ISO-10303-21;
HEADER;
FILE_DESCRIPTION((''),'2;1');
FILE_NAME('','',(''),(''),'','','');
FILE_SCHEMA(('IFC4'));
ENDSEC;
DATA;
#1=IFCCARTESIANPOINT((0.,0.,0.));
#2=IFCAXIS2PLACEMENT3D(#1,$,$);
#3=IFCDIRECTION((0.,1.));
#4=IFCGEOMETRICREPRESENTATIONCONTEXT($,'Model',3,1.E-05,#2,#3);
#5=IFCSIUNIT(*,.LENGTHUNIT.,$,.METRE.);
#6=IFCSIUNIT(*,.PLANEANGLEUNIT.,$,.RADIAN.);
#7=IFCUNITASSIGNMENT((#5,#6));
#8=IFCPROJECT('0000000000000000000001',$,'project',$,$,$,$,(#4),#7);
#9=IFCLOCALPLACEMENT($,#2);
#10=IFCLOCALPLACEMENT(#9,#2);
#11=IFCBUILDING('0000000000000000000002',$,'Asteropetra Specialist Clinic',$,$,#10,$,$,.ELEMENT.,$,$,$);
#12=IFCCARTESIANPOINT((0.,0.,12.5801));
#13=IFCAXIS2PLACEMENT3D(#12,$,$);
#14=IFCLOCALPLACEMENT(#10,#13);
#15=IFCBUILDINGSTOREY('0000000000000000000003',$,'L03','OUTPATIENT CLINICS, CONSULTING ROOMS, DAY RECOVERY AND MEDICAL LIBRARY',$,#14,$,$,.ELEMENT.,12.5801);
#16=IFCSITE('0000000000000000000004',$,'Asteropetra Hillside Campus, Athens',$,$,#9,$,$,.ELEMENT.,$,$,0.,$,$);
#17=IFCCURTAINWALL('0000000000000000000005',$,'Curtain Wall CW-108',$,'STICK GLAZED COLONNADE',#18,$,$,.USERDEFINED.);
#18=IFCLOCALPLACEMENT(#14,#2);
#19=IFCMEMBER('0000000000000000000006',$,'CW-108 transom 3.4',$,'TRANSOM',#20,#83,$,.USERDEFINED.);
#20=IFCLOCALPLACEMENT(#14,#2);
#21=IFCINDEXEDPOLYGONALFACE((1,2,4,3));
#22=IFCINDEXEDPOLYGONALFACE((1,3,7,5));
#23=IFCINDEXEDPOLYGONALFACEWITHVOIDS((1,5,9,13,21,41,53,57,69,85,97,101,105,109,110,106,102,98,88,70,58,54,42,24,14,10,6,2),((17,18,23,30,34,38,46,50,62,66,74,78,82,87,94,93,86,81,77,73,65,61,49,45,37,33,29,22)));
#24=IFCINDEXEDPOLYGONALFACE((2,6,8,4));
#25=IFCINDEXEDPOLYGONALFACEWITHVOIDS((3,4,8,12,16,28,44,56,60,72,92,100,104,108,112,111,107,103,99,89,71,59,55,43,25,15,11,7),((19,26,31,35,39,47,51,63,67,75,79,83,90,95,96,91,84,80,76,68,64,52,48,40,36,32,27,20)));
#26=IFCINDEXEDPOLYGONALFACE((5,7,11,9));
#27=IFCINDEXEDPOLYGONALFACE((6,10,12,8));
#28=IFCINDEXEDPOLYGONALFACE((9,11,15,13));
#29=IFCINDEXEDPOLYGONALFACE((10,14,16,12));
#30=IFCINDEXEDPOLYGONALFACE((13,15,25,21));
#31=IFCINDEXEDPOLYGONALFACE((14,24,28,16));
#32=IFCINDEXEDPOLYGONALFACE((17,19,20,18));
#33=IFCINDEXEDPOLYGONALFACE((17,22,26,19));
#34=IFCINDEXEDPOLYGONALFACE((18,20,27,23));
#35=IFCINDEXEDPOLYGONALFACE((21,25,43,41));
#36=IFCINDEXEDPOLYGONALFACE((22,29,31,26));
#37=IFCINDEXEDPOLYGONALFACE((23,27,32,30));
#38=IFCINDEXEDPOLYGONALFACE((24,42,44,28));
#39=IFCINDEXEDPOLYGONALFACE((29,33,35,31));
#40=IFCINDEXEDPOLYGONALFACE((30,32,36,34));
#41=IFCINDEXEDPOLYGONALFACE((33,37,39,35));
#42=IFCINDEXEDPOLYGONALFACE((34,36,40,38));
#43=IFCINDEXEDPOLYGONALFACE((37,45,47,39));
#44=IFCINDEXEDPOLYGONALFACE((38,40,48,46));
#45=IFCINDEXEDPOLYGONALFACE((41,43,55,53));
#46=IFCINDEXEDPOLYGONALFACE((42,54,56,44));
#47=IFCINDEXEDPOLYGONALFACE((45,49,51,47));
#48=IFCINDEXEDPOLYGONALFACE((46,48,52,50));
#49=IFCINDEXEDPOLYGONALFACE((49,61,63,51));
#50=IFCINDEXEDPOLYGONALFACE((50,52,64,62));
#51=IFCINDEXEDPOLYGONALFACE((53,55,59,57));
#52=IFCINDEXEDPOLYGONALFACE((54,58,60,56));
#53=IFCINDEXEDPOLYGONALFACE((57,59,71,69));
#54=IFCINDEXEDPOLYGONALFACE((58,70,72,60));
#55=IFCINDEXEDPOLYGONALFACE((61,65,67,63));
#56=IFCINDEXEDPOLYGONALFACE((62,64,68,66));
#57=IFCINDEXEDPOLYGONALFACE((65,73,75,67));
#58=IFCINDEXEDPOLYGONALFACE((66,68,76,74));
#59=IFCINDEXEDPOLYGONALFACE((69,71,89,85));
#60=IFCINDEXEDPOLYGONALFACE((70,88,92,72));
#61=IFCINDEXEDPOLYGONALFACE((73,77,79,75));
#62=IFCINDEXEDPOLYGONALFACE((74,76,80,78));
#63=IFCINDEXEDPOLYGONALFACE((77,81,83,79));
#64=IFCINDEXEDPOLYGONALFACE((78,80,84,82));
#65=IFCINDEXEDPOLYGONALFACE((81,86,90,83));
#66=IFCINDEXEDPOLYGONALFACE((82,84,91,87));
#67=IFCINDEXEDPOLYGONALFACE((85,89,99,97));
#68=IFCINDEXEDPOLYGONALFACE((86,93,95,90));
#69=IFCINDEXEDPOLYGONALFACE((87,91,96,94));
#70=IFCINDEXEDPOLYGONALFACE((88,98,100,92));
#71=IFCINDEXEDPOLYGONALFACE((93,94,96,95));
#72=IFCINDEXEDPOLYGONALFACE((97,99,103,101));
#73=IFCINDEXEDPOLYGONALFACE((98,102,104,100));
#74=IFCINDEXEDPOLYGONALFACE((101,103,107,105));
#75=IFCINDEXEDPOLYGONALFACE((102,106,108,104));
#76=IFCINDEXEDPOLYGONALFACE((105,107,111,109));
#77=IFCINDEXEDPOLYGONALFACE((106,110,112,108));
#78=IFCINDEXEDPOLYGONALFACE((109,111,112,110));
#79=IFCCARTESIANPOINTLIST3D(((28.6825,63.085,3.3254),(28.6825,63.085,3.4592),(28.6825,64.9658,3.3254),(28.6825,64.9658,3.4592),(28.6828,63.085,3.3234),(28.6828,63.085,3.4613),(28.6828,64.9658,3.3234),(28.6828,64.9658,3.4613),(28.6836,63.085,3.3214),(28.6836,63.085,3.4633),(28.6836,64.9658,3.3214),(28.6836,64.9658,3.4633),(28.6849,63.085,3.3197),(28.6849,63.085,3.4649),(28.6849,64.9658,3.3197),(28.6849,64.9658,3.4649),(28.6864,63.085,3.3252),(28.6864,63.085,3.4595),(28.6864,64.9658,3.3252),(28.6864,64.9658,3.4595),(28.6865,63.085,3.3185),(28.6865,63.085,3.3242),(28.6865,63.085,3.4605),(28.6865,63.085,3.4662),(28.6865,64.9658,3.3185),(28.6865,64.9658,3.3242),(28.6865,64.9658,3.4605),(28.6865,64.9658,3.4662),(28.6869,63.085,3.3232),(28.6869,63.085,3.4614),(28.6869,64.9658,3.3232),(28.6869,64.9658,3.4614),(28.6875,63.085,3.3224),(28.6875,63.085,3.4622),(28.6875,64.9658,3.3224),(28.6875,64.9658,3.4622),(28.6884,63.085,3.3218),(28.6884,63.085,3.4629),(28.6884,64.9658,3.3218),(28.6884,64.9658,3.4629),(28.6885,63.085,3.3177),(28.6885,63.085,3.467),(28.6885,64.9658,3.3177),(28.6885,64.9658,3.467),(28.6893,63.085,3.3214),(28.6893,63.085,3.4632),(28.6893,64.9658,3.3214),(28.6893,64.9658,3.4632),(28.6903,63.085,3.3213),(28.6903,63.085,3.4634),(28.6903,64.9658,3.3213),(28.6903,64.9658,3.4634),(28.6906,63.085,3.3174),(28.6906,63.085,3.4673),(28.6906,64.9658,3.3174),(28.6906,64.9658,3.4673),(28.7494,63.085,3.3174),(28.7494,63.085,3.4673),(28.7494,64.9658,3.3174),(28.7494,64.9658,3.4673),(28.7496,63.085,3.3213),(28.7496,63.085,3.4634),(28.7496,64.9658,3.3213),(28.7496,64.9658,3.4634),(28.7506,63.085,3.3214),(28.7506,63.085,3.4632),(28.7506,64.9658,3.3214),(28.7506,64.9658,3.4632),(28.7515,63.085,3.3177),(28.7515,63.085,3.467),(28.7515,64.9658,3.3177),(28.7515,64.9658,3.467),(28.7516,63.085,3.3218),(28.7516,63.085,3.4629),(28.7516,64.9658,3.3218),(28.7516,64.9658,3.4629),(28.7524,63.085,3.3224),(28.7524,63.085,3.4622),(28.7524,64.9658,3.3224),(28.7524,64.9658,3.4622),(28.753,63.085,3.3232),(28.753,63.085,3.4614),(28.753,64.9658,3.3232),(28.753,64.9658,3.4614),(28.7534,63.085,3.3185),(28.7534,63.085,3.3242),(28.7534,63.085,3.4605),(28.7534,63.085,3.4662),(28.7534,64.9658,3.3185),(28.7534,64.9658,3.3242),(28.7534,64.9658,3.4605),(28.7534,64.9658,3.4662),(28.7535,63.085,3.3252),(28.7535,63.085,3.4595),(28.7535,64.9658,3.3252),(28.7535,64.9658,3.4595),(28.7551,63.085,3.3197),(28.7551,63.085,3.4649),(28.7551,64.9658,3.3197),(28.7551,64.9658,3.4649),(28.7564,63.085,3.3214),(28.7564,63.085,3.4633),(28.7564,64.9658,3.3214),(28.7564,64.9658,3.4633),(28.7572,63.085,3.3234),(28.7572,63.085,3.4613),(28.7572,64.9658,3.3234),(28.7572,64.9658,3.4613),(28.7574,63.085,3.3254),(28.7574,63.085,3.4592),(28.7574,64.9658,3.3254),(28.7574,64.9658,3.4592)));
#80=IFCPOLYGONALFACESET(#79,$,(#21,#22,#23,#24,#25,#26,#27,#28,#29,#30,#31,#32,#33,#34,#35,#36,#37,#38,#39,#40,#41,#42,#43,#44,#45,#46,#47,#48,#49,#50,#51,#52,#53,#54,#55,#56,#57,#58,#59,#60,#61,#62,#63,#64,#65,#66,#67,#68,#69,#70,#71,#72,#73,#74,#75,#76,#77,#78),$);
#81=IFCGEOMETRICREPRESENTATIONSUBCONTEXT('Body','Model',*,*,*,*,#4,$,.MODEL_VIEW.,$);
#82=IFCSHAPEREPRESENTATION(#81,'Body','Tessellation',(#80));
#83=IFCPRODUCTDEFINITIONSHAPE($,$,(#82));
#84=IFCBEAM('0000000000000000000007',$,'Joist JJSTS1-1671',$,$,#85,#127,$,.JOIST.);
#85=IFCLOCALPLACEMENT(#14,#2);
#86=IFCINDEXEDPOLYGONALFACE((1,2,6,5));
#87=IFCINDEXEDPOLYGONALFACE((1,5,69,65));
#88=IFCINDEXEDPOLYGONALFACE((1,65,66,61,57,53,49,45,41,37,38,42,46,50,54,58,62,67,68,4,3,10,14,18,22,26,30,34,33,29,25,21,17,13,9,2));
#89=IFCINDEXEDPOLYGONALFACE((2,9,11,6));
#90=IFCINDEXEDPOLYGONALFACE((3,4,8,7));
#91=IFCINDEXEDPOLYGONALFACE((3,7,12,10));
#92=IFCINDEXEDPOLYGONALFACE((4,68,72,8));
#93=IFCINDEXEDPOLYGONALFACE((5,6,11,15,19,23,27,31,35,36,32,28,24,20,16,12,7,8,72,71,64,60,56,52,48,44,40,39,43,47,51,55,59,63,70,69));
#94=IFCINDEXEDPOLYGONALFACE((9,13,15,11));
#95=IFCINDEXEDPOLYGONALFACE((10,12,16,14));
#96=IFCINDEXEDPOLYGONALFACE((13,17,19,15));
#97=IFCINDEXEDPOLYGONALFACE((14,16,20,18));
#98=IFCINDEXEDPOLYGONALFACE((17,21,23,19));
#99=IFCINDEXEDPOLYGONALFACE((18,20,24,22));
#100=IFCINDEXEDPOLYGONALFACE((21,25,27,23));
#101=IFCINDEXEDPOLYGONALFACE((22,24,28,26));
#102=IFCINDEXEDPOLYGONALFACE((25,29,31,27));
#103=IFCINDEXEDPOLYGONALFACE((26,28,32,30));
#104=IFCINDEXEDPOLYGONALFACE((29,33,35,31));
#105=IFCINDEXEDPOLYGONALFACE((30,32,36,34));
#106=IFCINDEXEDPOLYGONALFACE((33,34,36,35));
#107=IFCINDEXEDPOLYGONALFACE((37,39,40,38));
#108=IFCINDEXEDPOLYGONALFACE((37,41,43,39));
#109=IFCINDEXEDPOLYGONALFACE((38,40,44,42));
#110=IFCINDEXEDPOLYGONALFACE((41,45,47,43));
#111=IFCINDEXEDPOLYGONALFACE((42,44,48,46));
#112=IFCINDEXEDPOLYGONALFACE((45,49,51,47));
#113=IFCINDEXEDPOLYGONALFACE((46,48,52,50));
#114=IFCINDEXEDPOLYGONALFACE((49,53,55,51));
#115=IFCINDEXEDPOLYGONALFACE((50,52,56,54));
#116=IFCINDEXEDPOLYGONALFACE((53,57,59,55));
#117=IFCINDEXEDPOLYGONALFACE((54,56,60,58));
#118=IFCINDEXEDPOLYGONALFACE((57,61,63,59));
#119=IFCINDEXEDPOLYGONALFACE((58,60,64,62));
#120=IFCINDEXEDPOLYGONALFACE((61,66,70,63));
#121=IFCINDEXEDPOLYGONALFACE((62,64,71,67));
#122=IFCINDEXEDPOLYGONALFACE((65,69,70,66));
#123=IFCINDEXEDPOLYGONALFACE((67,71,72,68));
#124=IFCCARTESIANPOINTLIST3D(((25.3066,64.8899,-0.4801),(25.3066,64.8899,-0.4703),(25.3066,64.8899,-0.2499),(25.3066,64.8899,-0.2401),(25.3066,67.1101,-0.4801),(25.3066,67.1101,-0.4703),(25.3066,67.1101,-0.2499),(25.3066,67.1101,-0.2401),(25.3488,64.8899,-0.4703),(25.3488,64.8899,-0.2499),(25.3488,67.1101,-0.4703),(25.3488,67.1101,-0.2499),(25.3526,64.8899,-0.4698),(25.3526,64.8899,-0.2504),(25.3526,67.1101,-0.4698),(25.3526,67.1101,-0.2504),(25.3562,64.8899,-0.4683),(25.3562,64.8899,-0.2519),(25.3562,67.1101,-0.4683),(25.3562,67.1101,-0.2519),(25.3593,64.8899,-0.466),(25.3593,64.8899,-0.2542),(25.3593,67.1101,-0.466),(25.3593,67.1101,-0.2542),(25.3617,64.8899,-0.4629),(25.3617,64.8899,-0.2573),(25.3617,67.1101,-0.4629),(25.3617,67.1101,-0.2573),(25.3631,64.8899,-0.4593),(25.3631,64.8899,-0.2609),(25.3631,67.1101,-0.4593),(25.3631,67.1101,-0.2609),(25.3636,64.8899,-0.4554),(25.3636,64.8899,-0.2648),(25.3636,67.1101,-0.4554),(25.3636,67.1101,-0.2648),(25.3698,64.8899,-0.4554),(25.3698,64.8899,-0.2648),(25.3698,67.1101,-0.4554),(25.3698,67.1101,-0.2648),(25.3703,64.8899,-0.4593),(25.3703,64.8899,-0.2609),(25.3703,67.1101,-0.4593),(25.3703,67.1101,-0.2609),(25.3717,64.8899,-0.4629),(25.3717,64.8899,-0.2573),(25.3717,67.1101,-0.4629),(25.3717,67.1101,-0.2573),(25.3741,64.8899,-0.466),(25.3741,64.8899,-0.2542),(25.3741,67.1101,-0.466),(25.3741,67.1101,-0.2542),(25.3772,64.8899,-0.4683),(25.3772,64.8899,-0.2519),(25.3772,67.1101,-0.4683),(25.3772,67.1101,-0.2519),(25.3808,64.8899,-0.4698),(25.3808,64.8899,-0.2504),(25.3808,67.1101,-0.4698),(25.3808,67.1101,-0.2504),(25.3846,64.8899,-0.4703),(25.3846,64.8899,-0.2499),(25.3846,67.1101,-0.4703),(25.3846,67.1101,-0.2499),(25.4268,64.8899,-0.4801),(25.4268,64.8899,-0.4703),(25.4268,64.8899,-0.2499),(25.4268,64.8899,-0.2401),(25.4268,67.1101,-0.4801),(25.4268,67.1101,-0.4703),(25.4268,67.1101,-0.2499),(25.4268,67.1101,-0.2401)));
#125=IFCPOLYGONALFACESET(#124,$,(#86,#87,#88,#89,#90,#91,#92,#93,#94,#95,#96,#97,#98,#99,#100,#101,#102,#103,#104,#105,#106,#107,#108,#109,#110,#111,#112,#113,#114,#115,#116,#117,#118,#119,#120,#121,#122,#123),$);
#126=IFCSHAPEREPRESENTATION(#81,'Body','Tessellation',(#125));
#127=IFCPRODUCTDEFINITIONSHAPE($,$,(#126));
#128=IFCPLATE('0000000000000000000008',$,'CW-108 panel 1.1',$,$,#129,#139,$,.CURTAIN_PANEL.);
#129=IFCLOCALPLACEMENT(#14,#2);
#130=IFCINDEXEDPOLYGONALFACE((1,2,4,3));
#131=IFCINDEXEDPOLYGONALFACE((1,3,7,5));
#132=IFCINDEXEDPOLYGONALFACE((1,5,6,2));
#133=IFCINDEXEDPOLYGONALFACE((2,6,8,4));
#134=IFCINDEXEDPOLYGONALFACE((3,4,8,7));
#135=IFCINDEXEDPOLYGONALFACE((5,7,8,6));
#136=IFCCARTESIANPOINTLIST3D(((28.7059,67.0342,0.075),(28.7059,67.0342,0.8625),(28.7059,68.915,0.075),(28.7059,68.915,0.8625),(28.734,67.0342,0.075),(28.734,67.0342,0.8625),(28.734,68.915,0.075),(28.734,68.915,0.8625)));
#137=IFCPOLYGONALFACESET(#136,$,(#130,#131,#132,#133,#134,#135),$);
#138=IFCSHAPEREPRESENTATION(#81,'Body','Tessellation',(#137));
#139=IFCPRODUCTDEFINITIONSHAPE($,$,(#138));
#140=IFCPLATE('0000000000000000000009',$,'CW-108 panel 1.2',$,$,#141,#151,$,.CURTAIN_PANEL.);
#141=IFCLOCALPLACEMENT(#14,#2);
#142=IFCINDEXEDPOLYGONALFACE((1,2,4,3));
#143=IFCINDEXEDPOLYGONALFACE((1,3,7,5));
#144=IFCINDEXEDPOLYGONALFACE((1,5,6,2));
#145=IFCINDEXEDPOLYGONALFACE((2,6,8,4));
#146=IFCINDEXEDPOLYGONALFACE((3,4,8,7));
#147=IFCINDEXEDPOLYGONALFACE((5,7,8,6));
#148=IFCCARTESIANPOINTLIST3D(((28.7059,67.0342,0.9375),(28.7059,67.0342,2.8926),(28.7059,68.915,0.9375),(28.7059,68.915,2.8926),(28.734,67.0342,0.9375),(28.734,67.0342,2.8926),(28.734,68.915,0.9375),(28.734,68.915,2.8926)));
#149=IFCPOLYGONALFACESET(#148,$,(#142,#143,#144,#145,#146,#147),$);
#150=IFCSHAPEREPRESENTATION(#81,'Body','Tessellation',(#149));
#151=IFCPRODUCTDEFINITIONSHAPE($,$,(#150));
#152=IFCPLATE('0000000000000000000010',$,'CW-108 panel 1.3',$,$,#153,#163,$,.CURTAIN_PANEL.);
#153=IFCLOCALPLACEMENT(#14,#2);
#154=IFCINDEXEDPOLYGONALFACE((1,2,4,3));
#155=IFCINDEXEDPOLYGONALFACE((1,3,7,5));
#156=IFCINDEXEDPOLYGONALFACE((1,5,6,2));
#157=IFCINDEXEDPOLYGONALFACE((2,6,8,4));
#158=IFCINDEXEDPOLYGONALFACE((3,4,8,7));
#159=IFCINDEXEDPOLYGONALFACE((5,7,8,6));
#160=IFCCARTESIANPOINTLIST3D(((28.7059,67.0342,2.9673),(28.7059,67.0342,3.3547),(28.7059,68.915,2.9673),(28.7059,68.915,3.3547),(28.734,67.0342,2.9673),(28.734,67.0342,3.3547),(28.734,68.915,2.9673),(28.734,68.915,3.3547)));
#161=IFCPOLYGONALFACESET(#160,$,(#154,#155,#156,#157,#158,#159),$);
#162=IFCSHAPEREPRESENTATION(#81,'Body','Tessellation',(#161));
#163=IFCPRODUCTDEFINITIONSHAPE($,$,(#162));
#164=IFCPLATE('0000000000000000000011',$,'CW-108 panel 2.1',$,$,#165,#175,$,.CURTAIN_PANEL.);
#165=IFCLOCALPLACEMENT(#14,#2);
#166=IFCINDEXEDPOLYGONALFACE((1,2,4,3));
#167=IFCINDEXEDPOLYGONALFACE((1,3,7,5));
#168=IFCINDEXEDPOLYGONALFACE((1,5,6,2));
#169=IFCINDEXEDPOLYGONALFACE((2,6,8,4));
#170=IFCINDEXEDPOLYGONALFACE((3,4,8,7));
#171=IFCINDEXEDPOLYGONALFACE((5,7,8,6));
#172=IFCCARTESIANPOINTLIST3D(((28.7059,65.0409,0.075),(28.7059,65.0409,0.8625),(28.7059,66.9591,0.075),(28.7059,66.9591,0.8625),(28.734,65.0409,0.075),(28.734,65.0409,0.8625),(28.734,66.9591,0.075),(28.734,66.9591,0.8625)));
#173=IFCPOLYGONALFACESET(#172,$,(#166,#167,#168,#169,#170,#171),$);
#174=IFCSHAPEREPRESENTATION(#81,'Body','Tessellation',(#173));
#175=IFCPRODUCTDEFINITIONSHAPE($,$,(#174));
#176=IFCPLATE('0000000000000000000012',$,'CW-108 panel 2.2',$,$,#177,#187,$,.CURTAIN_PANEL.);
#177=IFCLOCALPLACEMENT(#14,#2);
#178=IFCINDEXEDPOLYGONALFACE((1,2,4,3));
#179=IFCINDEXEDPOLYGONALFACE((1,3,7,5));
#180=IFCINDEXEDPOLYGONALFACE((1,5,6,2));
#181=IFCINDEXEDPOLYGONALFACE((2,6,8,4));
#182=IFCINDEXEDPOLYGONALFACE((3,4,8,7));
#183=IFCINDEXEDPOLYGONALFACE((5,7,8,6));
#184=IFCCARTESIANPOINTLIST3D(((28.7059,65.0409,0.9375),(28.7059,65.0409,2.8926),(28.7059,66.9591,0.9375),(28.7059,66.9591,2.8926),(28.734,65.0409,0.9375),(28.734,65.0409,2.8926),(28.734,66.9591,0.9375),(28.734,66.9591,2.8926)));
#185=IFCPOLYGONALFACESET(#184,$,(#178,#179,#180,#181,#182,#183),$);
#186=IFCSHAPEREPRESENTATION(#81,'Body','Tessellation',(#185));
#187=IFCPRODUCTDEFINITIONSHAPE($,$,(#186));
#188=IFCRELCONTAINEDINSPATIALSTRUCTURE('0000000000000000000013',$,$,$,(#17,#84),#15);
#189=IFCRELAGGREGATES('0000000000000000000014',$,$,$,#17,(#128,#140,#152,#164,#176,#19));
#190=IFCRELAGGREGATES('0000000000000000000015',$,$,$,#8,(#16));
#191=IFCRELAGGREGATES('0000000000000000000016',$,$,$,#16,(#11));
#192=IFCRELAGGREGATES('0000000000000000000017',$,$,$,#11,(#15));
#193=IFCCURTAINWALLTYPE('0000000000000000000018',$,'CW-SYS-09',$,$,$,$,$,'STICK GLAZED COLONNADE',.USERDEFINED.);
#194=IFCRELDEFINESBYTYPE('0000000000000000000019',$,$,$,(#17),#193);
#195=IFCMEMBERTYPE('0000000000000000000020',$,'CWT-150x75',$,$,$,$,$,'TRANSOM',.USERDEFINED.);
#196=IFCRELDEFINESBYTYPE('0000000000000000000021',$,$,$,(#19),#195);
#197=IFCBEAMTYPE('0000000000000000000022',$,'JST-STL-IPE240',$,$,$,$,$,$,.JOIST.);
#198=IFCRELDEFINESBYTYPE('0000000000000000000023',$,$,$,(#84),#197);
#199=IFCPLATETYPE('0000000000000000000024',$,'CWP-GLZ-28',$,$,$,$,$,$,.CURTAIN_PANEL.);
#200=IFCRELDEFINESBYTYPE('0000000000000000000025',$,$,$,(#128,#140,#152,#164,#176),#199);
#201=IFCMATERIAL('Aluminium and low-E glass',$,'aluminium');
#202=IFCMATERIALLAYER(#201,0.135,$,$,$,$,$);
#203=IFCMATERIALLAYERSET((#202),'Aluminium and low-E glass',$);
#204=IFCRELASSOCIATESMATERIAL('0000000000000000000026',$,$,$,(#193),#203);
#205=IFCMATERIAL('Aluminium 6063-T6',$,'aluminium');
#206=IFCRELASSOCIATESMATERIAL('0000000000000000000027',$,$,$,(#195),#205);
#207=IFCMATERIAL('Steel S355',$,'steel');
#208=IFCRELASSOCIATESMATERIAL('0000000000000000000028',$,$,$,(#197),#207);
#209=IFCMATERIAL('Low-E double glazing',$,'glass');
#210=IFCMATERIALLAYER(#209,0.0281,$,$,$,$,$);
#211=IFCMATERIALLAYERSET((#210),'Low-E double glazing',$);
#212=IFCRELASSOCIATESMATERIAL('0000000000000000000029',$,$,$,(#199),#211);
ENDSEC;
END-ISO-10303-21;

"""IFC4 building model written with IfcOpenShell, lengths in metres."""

from ifc_helpers import new_model, si_unit, direction, frame, origin, origin_2d, place, context, subcontext, project, spatial, rectangle, hollow_rectangle, i_section, extrude, material, layer, layer_set, material_profile, profile_set, type_object, element, aggregate, save


model = new_model("IFC4")

# Units and contexts
model_context = context("Model", 3, precision=1e-05, world=origin(), true_north=direction((0.0, 1.0)))
body_context = subcontext(model_context, "Body", "Model", "MODEL_VIEW")
ifc_project = project(units=[si_unit("LENGTHUNIT", "METRE"), si_unit("PLANEANGLEUNIT", "RADIAN")], contexts=[model_context])

# Site, building, storey
site_placement = place(None, origin())
site = spatial("IfcSite", under=ifc_project, at=site_placement, Name="Asteropetra Hillside Campus, Athens", CompositionType="ELEMENT", RefElevation=0.0)
building_placement = place(site_placement, origin())
building = spatial("IfcBuilding", under=site, at=building_placement, Name="Asteropetra Specialist Clinic", CompositionType="ELEMENT")
storey_placement = place(building_placement, frame((0.0, 0.0, 12.5801)))
storey = spatial("IfcBuildingStorey", under=building, at=storey_placement, Name="L03", Description="OUTPATIENT CLINICS, CONSULTING ROOMS, DAY RECOVERY AND MEDICAL LIBRARY", CompositionType="ELEMENT", Elevation=12.5801)

# Curtain wall, member
ifc_material_1 = material(Name="Aluminium and low-E glass", Category="aluminium")
ifc_layer_1 = layer(ifc_material_1, 0.135)
ifc_layer_set_1 = layer_set([ifc_layer_1], Name="Aluminium and low-E glass")
curtain_wall_type = type_object("IfcCurtainWallType", Name="CW-SYS-09", ElementType="STICK GLAZED COLONNADE", PredefinedType="USERDEFINED", material=ifc_layer_set_1)
curtain_wall_placement = place(storey_placement, origin())
curtain_wall = element("IfcCurtainWall", 1, at=curtain_wall_placement, inside=storey, type_object=curtain_wall_type, Name="Curtain Wall CW-108", ObjectType="STICK GLAZED COLONNADE", PredefinedType="USERDEFINED")
ifc_material_2 = material(Name="Aluminium 6063-T6", Category="aluminium")
ifc_material_profile_1 = material_profile(ifc_material_2, hollow_rectangle(XDim=0.075, YDim=0.1499, WallThickness=0.0039, InnerFilletRadius=0.0039, OuterFilletRadius=0.0081, at=origin_2d()), Name="TRN 150x75x4.0")
ifc_profile_set_1 = profile_set([ifc_material_profile_1], Name="Aluminium 6063-T6")
member_type_1 = type_object("IfcMemberType", Name="CWT-150x75", ElementType="TRANSOM", PredefinedType="USERDEFINED", material=ifc_profile_set_1)
member_1_placement = place(storey_placement, frame((28.72, 64.9658, 3.3923), z_axis=(0.0, -1.0, 0.0), x_axis=(1.0, 0.0, 0.0)))
member_1 = element("IfcMember", 2, at=member_1_placement, type_object=member_type_1, Name="CW-108 transom 3.4", ObjectType="TRANSOM", PredefinedType="USERDEFINED", context=body_context, shape_type="SweptSolid", body=[
    extrude(hollow_rectangle(XDim=0.075, YDim=0.1499, WallThickness=0.0039, InnerFilletRadius=0.0039, OuterFilletRadius=0.0081, at=origin_2d()), origin(), (0.0, 0.0, 1.0), 1.8809),
])

# Beam
ifc_material_3 = material(Name="Steel S355", Category="steel")
ifc_material_profile_2 = material_profile(ifc_material_3, i_section(OverallWidth=0.1201, OverallDepth=0.24, WebThickness=0.0061, FlangeThickness=0.0098, FilletRadius=0.0149, at=origin_2d()), Name="IPE 240")
ifc_profile_set_2 = profile_set([ifc_material_profile_2], Name="Steel S355")
beam_type_1 = type_object("IfcBeamType", Name="JST-STL-IPE240", PredefinedType="JOIST", material=ifc_profile_set_2)
beam_1_placement = place(storey_placement, frame((25.3667, 64.8899, -0.3601), z_axis=(0.0, 1.0, 0.0), x_axis=(-1.0, 0.0, 0.0)))
element("IfcBeam", 3, at=beam_1_placement, inside=storey, type_object=beam_type_1, Name="Joist JJSTS1-1671", PredefinedType="JOIST", context=body_context, shape_type="SweptSolid", body=[
    extrude(i_section(OverallWidth=0.1201, OverallDepth=0.24, WebThickness=0.0061, FlangeThickness=0.0098, FilletRadius=0.0149, at=origin_2d()), origin(), (0.0, 0.0, 1.0), 2.2202),
])

# Plates
ifc_material_4 = material(Name="Low-E double glazing", Category="glass")
ifc_layer_2 = layer(ifc_material_4, 0.0281)
ifc_layer_set_2 = layer_set([ifc_layer_2], Name="Low-E double glazing")
plate_type = type_object("IfcPlateType", Name="CWP-GLZ-28", PredefinedType="CURTAIN_PANEL", material=ifc_layer_set_2)
plate_1_placement = place(storey_placement, frame((28.72, 67.9746, 0.075), z_axis=(0.0, 0.0, 1.0), x_axis=(0.0, -1.0, 0.0)))
plate_1 = element("IfcPlate", 4, at=plate_1_placement, type_object=plate_type, Name="CW-108 panel 1.1", PredefinedType="CURTAIN_PANEL", context=body_context, shape_type="SweptSolid", body=[
    extrude(rectangle(XDim=1.8809, YDim=0.0281, at=origin_2d()), origin(), (0.0, 0.0, 1.0), 0.7876),
])
plate_2_placement = place(storey_placement, frame((28.72, 67.9746, 0.9375), z_axis=(0.0, 0.0, 1.0), x_axis=(0.0, -1.0, 0.0)))
plate_2 = element("IfcPlate", 5, at=plate_2_placement, type_object=plate_type, Name="CW-108 panel 1.2", PredefinedType="CURTAIN_PANEL", context=body_context, shape_type="SweptSolid", body=[
    extrude(rectangle(XDim=1.8809, YDim=0.0281, at=origin_2d()), origin(), (0.0, 0.0, 1.0), 1.9551),
])
plate_3_placement = place(storey_placement, frame((28.72, 67.9746, 2.9673), z_axis=(0.0, 0.0, 1.0), x_axis=(0.0, -1.0, 0.0)))
plate_3 = element("IfcPlate", 6, at=plate_3_placement, type_object=plate_type, Name="CW-108 panel 1.3", PredefinedType="CURTAIN_PANEL", context=body_context, shape_type="SweptSolid", body=[
    extrude(rectangle(XDim=1.8809, YDim=0.0281, at=origin_2d()), origin(), (0.0, 0.0, 1.0), 0.3875),
])
plate_4_placement = place(storey_placement, frame((28.72, 66.0, 0.075), z_axis=(0.0, 0.0, 1.0), x_axis=(0.0, -1.0, 0.0)))
plate_4 = element("IfcPlate", 7, at=plate_4_placement, type_object=plate_type, Name="CW-108 panel 2.1", PredefinedType="CURTAIN_PANEL", context=body_context, shape_type="SweptSolid", body=[
    extrude(rectangle(XDim=1.9182, YDim=0.0281, at=origin_2d()), origin(), (0.0, 0.0, 1.0), 0.7876),
])
plate_5_placement = place(storey_placement, frame((28.72, 66.0, 0.9375), z_axis=(0.0, 0.0, 1.0), x_axis=(0.0, -1.0, 0.0)))
plate_5 = element("IfcPlate", 8, at=plate_5_placement, type_object=plate_type, Name="CW-108 panel 2.2", PredefinedType="CURTAIN_PANEL", context=body_context, shape_type="SweptSolid", body=[
    extrude(rectangle(XDim=1.9182, YDim=0.0281, at=origin_2d()), origin(), (0.0, 0.0, 1.0), 1.9551),
])
aggregate(curtain_wall, [plate_1, plate_2, plate_3, plate_4, plate_5, member_1])

save(model, "model.ifc")
